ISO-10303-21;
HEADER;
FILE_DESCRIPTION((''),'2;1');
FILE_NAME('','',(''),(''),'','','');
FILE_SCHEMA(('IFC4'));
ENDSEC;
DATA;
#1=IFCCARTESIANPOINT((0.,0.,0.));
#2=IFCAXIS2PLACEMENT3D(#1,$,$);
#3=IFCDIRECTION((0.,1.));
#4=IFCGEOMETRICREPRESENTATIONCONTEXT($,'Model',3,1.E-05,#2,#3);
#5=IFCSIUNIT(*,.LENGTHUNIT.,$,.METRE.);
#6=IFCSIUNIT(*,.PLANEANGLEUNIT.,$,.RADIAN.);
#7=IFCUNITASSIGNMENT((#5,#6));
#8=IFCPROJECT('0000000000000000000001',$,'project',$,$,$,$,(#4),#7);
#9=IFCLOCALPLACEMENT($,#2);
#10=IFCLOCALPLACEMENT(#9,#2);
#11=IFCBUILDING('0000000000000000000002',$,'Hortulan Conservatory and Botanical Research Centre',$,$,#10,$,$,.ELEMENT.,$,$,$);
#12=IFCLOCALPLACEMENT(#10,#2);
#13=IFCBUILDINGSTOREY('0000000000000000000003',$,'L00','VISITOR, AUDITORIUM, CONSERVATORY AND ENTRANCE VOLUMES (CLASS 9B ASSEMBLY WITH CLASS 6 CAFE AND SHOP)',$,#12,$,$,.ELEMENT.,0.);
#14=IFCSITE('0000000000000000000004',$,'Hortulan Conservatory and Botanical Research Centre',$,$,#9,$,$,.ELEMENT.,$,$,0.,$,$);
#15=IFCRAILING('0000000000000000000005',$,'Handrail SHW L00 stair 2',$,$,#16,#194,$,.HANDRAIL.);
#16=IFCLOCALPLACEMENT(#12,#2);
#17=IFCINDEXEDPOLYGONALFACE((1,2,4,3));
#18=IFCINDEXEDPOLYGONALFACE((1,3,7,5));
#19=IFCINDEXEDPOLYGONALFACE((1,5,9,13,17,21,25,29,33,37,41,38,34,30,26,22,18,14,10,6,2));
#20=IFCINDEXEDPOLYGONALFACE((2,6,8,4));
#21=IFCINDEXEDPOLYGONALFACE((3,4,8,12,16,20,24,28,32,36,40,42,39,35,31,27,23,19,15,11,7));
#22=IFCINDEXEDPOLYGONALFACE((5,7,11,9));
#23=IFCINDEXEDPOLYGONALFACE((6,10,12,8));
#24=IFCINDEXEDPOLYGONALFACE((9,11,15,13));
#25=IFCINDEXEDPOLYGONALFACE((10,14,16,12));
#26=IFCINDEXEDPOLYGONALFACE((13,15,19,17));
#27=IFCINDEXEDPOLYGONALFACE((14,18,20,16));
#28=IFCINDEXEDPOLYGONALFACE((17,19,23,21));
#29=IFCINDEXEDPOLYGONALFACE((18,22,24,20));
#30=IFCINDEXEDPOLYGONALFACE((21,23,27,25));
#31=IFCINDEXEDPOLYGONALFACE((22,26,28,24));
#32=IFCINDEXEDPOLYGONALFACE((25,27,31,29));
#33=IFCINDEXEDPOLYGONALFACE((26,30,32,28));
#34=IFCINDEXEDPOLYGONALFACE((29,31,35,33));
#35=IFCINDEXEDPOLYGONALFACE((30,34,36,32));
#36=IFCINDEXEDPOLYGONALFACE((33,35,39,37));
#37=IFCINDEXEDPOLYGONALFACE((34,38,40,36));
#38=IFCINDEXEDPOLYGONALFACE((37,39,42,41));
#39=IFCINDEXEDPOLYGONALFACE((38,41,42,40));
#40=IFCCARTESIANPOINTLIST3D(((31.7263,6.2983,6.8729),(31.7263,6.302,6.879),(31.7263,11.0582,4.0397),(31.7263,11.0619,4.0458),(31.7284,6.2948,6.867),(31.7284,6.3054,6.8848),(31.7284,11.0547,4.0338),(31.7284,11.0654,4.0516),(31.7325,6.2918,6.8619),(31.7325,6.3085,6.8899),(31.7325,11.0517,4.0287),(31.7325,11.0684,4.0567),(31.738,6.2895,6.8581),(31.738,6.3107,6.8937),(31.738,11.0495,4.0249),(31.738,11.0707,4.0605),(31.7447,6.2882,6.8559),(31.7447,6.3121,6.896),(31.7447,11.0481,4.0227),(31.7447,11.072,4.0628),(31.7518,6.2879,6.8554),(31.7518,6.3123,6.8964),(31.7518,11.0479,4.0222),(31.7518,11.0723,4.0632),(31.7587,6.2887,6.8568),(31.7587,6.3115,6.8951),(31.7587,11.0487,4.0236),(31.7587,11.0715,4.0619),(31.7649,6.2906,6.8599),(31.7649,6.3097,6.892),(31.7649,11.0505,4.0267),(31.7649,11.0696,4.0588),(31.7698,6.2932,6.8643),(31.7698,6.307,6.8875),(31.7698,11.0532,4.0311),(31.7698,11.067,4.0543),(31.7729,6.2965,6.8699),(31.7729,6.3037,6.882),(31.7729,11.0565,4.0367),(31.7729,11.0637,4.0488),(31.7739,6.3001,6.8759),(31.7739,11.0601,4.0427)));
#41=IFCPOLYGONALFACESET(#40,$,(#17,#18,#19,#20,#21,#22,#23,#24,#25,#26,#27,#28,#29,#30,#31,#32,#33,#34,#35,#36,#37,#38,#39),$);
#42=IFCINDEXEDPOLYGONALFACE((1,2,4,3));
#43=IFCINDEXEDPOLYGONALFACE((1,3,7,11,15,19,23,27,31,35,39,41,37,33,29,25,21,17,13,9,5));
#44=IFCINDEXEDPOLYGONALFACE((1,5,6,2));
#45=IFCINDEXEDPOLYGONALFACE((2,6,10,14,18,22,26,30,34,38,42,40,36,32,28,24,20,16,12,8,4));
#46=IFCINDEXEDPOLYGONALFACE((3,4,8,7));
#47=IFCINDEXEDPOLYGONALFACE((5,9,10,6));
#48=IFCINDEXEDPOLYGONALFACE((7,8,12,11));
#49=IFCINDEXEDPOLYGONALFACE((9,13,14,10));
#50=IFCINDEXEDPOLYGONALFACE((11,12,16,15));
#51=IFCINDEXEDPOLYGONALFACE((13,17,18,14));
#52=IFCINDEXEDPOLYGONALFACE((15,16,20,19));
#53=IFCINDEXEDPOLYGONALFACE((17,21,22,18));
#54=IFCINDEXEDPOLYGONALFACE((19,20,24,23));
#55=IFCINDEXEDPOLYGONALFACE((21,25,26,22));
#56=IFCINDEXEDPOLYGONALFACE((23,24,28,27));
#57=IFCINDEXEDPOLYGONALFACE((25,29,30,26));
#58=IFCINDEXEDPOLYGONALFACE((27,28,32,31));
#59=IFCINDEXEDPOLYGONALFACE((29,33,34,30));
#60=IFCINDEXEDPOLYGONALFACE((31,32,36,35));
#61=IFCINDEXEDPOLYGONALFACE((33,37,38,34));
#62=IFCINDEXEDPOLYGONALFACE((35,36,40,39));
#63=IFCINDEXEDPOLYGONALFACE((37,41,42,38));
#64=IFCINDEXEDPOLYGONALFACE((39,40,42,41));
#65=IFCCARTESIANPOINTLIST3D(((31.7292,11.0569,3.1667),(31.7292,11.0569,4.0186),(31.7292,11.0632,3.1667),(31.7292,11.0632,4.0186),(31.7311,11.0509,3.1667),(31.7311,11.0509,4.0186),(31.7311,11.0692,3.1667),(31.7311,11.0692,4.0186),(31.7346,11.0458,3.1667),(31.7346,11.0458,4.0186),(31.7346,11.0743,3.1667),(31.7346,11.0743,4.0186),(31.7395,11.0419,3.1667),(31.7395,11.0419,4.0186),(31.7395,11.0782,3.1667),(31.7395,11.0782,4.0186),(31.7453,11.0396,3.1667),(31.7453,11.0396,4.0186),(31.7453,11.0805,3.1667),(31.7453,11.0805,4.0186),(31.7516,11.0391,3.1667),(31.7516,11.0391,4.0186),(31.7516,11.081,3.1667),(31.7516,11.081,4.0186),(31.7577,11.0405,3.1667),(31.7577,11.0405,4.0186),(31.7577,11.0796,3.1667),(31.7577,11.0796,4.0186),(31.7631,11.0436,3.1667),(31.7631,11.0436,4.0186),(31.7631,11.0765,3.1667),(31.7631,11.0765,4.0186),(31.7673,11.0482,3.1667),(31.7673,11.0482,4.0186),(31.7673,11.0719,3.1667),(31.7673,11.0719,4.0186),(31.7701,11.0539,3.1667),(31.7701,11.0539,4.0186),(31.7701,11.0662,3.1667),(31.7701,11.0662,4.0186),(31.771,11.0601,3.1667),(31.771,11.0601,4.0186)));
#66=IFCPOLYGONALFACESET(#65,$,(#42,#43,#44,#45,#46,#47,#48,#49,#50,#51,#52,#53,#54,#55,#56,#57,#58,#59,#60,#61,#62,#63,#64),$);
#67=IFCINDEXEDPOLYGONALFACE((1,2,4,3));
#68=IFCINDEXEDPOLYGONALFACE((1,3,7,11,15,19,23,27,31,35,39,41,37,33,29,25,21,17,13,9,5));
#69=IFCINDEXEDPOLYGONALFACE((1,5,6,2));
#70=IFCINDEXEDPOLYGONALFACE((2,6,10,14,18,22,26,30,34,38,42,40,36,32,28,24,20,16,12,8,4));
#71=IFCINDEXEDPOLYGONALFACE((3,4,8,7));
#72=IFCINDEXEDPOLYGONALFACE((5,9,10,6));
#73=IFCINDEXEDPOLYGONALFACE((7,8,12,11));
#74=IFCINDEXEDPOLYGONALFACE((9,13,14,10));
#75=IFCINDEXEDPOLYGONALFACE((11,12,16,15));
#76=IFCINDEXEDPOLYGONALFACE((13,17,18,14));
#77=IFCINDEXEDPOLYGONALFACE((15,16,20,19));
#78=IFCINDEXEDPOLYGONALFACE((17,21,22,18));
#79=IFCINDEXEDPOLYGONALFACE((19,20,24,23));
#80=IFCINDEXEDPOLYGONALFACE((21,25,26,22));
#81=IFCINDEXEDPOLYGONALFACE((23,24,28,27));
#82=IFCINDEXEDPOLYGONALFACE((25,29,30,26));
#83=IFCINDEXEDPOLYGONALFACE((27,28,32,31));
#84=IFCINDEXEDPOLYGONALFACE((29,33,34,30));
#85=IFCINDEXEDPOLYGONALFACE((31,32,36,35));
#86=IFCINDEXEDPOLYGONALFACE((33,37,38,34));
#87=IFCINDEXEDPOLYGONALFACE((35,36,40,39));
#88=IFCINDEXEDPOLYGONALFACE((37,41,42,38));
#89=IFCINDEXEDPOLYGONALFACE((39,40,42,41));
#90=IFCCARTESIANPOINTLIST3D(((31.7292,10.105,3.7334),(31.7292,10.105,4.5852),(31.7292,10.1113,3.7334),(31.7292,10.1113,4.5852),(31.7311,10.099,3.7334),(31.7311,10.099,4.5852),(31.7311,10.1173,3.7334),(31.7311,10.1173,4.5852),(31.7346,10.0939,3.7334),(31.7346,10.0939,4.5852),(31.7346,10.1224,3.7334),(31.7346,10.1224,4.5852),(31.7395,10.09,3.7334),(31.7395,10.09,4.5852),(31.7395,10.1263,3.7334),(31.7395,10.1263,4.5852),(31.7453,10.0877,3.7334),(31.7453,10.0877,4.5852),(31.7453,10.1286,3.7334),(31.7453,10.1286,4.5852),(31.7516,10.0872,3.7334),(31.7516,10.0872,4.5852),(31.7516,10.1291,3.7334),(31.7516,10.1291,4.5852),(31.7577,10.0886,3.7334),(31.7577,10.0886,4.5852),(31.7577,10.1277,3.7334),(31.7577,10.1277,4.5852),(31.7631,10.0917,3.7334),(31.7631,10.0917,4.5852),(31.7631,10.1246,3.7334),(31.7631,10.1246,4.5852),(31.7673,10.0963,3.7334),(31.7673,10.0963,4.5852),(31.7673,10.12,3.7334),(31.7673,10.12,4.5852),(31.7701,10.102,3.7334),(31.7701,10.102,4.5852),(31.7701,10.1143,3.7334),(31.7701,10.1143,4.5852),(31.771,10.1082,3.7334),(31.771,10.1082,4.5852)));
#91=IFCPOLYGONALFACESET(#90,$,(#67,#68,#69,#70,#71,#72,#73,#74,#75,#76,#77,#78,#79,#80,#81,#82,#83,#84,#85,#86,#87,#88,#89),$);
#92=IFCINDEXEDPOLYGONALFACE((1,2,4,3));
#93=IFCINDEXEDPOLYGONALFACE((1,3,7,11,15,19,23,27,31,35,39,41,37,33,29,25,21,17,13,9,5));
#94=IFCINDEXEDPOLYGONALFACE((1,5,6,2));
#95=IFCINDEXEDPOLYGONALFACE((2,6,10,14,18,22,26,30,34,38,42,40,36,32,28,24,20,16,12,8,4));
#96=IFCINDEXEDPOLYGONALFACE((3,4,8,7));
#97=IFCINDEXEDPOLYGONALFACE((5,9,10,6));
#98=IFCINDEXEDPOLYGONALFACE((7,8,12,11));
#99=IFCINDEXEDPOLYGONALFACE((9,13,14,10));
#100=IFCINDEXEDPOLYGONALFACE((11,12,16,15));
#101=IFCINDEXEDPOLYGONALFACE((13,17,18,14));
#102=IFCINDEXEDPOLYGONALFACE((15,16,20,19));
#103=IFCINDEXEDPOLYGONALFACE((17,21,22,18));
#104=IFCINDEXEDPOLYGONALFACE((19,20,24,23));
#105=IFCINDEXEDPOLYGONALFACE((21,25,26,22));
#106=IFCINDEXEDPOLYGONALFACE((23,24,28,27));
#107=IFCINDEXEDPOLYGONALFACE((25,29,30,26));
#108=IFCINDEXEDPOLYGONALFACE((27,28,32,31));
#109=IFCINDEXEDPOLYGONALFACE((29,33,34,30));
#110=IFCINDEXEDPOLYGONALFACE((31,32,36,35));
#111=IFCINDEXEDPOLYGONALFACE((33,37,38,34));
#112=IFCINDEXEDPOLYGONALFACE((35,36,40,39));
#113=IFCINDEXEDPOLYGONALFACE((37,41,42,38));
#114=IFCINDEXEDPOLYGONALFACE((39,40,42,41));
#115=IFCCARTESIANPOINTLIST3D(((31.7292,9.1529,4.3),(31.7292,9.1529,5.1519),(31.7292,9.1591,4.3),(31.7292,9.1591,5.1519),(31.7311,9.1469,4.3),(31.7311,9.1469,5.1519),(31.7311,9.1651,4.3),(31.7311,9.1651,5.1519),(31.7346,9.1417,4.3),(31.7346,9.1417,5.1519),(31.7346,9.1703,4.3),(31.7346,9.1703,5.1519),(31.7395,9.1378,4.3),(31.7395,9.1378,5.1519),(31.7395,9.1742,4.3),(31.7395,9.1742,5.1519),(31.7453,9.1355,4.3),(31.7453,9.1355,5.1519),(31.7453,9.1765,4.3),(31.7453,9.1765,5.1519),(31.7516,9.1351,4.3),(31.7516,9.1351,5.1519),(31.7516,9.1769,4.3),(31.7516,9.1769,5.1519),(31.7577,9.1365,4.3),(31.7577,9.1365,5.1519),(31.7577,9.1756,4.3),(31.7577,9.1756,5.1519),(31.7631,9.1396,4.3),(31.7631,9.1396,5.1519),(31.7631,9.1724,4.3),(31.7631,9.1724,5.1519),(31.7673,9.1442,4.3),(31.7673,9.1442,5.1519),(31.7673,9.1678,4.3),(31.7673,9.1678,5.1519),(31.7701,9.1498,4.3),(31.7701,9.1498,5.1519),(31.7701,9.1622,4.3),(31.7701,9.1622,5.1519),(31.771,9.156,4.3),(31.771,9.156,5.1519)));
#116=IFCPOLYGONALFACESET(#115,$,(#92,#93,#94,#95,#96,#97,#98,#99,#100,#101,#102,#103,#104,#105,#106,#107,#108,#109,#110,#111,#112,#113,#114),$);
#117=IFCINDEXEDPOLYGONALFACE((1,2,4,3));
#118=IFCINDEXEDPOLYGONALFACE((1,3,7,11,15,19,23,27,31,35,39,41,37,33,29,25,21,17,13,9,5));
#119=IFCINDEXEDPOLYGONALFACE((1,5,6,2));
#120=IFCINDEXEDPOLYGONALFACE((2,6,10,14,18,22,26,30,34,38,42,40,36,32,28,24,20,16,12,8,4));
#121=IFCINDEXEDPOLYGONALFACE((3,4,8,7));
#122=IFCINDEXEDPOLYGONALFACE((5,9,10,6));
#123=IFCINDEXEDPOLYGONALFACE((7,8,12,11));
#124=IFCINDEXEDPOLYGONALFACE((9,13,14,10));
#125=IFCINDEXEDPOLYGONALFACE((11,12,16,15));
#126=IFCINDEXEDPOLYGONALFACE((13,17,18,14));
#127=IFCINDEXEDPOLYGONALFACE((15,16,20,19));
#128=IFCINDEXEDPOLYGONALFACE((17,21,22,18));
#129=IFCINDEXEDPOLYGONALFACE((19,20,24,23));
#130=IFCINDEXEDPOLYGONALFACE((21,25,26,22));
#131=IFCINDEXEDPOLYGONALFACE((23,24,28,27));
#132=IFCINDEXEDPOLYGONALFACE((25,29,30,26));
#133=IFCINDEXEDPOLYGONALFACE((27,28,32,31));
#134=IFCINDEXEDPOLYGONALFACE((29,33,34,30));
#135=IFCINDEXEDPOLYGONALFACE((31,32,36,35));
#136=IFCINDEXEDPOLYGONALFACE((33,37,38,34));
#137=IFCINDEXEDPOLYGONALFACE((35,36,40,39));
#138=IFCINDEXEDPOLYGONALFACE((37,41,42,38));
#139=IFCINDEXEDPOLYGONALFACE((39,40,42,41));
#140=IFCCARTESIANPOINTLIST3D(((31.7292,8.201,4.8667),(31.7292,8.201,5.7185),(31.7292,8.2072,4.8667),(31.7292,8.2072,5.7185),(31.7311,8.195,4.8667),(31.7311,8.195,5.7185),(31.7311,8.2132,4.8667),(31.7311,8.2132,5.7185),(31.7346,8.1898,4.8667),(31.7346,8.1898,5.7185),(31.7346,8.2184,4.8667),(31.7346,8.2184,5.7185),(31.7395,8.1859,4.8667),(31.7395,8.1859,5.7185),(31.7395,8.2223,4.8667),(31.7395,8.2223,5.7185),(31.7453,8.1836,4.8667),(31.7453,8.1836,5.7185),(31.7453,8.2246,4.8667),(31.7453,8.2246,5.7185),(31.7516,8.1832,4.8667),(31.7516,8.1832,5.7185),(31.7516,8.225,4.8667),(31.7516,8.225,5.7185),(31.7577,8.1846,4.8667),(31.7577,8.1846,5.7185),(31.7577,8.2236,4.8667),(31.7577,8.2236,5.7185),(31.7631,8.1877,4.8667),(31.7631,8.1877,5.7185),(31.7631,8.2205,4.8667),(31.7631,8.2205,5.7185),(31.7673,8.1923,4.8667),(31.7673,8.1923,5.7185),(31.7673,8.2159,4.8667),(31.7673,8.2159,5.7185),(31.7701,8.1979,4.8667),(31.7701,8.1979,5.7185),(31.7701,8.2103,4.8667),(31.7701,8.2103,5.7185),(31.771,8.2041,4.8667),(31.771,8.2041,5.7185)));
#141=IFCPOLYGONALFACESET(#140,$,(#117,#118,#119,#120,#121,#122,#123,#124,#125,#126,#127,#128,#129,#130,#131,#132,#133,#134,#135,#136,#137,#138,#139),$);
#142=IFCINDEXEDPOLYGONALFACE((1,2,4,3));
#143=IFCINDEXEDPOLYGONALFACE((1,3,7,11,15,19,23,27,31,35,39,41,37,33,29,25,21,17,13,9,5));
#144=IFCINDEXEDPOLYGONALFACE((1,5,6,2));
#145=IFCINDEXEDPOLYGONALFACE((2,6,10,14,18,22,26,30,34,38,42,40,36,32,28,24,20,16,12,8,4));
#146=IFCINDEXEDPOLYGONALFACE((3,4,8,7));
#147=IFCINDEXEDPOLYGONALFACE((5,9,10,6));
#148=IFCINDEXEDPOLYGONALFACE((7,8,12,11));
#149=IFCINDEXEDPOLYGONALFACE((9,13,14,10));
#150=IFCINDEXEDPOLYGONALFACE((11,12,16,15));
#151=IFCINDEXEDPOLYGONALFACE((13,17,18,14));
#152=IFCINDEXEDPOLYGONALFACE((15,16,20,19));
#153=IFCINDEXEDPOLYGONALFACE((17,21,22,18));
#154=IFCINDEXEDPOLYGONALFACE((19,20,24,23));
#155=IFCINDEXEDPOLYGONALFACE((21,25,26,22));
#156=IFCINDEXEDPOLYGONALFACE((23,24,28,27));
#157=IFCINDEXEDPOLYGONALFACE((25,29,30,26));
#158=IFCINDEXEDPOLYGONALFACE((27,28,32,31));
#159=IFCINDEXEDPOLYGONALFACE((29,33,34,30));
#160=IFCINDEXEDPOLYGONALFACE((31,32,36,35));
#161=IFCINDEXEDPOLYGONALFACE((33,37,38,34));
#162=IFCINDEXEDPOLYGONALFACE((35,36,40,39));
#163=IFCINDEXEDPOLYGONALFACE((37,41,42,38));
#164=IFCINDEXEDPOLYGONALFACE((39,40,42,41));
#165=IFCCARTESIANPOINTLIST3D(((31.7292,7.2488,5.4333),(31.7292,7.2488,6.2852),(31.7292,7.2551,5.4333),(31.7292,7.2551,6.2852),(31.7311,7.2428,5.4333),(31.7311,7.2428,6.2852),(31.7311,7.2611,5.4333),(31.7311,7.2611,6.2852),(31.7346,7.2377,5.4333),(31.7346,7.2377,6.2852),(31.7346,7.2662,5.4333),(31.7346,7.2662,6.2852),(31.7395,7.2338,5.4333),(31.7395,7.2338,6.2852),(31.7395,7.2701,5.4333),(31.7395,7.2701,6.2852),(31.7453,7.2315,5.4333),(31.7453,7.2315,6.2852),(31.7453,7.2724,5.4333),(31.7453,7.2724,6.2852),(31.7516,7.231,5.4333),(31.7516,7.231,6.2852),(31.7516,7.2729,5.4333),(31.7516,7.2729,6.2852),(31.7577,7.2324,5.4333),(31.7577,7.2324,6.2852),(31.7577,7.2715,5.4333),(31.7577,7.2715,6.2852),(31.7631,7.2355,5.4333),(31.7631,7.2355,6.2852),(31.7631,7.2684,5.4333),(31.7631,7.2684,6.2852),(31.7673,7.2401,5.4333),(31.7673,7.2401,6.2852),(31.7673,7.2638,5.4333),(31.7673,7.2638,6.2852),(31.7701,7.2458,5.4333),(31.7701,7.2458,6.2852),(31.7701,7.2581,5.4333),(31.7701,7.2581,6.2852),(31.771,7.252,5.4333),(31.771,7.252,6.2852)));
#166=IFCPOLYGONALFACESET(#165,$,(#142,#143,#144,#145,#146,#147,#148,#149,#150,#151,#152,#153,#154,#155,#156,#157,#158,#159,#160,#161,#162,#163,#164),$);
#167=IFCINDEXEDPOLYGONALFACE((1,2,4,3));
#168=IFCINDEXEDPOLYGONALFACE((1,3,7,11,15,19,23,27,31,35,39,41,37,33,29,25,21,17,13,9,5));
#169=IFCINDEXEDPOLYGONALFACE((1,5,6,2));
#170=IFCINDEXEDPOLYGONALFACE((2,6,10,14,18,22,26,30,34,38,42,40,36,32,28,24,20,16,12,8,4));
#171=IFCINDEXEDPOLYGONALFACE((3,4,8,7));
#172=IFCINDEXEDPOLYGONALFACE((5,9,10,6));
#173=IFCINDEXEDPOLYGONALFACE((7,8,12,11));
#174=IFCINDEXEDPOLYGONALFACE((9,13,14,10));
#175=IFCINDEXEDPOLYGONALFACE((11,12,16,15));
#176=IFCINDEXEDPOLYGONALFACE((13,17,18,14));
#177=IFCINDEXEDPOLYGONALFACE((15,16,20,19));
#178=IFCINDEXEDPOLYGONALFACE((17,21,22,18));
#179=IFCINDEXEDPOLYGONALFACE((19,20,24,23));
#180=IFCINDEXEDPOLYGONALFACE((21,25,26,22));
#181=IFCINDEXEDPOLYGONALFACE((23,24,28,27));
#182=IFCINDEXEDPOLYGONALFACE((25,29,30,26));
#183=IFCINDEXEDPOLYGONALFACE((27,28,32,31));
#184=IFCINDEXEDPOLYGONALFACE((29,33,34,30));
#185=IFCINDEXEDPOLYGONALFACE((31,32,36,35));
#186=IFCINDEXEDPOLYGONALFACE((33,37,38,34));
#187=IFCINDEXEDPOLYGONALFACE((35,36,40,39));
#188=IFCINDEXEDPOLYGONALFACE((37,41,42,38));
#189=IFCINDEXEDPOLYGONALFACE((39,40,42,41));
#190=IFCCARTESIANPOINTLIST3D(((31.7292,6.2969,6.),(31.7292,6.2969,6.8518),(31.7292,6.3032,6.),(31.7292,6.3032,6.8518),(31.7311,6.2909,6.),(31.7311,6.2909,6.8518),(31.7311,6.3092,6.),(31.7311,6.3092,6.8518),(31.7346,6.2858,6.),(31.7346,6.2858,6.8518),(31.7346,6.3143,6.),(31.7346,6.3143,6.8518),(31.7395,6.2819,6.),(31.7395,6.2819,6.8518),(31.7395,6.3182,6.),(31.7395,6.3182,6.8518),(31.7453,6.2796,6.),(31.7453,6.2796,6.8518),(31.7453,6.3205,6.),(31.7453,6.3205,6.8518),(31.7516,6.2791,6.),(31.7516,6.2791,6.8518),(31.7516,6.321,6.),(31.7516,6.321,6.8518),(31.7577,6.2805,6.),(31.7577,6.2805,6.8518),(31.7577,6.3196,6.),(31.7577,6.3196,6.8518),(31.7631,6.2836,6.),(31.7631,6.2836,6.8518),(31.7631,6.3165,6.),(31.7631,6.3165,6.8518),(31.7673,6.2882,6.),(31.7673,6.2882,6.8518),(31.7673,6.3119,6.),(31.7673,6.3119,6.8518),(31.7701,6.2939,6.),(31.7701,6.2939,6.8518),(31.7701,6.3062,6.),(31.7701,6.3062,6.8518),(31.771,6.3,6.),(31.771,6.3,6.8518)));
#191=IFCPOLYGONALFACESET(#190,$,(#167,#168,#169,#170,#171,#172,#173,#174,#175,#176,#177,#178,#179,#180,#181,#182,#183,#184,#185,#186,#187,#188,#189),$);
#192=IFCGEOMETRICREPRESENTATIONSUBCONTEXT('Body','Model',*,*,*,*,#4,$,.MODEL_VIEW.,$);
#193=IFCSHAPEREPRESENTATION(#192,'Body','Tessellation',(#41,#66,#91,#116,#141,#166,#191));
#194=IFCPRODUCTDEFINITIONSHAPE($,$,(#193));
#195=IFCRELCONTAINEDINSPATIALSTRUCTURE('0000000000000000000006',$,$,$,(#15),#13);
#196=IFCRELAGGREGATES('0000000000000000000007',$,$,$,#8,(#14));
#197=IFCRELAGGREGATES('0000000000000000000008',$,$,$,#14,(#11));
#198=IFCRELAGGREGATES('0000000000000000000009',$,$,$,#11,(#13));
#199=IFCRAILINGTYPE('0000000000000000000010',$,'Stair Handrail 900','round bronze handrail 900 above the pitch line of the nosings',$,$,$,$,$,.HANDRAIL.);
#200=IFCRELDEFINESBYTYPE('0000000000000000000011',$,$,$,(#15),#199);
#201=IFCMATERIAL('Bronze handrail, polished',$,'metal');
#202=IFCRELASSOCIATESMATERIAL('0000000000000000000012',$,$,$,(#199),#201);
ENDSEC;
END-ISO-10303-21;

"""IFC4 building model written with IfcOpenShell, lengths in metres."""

from ifc_helpers import new_model, si_unit, direction, frame, origin, origin_2d, place, context, subcontext, project, spatial, circle, extrude, material, type_object, element, save


model = new_model("IFC4")

# Units and contexts
model_context = context("Model", 3, precision=1e-05, world=origin(), true_north=direction((0.0, 1.0)))
body_context = subcontext(model_context, "Body", "Model", "MODEL_VIEW")
ifc_project = project(units=[si_unit("LENGTHUNIT", "METRE"), si_unit("PLANEANGLEUNIT", "RADIAN")], contexts=[model_context])

# Site, building, storey
site_placement = place(None, origin())
site = spatial("IfcSite", under=ifc_project, at=site_placement, Name="Hortulan Conservatory and Botanical Research Centre", CompositionType="ELEMENT", RefElevation=0.0)
building_placement = place(site_placement, origin())
building = spatial("IfcBuilding", under=site, at=building_placement, Name="Hortulan Conservatory and Botanical Research Centre", CompositionType="ELEMENT")
storey_placement = place(building_placement, origin())
storey = spatial("IfcBuildingStorey", under=building, at=storey_placement, Name="L00", Description="VISITOR, AUDITORIUM, CONSERVATORY AND ENTRANCE VOLUMES (CLASS 9B ASSEMBLY WITH CLASS 6 CAFE AND SHOP)", CompositionType="ELEMENT", Elevation=0.0)

# Railing
ifc_material_1 = material(Name="Bronze handrail, polished", Category="metal")
railing_type_1 = type_object("IfcRailingType", Name="Stair Handrail 900", Description="round bronze handrail 900 above the pitch line of the nosings", PredefinedType="HANDRAIL", material=ifc_material_1)
for number, where, name in (
    (1, (31.75, 11.0601, 3.1667), "Handrail SHW L00 stair 2"),
):
    element("IfcRailing", number, at=place(storey_placement, frame(where)), inside=storey, type_object=railing_type_1, Name=name, PredefinedType="HANDRAIL", context=body_context, shape_type="SweptSolid", body=[
        extrude(circle(Radius=0.0239, at=origin_2d()), frame((0.0, 0.0, 0.876), z_axis=(0.0, -0.8593, 0.511472), x_axis=(1.0, 0.0, 0.0)), (0.0, 0.0, 1.0), 5.5393),
        extrude(circle(Radius=0.021, at=origin_2d()), origin(), (0.0, 0.0, 1.0), 0.8518),
        extrude(circle(Radius=0.021, at=origin_2d()), frame((0.0, -0.9519, 0.5667)), (0.0, 0.0, 1.0), 0.8518),
        extrude(circle(Radius=0.021, at=origin_2d()), frame((0.0, -1.9041, 1.1333)), (0.0, 0.0, 1.0), 0.8518),
        extrude(circle(Radius=0.021, at=origin_2d()), frame((0.0, -2.856, 1.7)), (0.0, 0.0, 1.0), 0.8518),
        extrude(circle(Radius=0.021, at=origin_2d()), frame((0.0, -3.8081, 2.2666)), (0.0, 0.0, 1.0), 0.8518),
        extrude(circle(Radius=0.021, at=origin_2d()), frame((0.0, -4.76, 2.8333)), (0.0, 0.0, 1.0), 0.8518),
    ])

save(model, "model.ifc")
